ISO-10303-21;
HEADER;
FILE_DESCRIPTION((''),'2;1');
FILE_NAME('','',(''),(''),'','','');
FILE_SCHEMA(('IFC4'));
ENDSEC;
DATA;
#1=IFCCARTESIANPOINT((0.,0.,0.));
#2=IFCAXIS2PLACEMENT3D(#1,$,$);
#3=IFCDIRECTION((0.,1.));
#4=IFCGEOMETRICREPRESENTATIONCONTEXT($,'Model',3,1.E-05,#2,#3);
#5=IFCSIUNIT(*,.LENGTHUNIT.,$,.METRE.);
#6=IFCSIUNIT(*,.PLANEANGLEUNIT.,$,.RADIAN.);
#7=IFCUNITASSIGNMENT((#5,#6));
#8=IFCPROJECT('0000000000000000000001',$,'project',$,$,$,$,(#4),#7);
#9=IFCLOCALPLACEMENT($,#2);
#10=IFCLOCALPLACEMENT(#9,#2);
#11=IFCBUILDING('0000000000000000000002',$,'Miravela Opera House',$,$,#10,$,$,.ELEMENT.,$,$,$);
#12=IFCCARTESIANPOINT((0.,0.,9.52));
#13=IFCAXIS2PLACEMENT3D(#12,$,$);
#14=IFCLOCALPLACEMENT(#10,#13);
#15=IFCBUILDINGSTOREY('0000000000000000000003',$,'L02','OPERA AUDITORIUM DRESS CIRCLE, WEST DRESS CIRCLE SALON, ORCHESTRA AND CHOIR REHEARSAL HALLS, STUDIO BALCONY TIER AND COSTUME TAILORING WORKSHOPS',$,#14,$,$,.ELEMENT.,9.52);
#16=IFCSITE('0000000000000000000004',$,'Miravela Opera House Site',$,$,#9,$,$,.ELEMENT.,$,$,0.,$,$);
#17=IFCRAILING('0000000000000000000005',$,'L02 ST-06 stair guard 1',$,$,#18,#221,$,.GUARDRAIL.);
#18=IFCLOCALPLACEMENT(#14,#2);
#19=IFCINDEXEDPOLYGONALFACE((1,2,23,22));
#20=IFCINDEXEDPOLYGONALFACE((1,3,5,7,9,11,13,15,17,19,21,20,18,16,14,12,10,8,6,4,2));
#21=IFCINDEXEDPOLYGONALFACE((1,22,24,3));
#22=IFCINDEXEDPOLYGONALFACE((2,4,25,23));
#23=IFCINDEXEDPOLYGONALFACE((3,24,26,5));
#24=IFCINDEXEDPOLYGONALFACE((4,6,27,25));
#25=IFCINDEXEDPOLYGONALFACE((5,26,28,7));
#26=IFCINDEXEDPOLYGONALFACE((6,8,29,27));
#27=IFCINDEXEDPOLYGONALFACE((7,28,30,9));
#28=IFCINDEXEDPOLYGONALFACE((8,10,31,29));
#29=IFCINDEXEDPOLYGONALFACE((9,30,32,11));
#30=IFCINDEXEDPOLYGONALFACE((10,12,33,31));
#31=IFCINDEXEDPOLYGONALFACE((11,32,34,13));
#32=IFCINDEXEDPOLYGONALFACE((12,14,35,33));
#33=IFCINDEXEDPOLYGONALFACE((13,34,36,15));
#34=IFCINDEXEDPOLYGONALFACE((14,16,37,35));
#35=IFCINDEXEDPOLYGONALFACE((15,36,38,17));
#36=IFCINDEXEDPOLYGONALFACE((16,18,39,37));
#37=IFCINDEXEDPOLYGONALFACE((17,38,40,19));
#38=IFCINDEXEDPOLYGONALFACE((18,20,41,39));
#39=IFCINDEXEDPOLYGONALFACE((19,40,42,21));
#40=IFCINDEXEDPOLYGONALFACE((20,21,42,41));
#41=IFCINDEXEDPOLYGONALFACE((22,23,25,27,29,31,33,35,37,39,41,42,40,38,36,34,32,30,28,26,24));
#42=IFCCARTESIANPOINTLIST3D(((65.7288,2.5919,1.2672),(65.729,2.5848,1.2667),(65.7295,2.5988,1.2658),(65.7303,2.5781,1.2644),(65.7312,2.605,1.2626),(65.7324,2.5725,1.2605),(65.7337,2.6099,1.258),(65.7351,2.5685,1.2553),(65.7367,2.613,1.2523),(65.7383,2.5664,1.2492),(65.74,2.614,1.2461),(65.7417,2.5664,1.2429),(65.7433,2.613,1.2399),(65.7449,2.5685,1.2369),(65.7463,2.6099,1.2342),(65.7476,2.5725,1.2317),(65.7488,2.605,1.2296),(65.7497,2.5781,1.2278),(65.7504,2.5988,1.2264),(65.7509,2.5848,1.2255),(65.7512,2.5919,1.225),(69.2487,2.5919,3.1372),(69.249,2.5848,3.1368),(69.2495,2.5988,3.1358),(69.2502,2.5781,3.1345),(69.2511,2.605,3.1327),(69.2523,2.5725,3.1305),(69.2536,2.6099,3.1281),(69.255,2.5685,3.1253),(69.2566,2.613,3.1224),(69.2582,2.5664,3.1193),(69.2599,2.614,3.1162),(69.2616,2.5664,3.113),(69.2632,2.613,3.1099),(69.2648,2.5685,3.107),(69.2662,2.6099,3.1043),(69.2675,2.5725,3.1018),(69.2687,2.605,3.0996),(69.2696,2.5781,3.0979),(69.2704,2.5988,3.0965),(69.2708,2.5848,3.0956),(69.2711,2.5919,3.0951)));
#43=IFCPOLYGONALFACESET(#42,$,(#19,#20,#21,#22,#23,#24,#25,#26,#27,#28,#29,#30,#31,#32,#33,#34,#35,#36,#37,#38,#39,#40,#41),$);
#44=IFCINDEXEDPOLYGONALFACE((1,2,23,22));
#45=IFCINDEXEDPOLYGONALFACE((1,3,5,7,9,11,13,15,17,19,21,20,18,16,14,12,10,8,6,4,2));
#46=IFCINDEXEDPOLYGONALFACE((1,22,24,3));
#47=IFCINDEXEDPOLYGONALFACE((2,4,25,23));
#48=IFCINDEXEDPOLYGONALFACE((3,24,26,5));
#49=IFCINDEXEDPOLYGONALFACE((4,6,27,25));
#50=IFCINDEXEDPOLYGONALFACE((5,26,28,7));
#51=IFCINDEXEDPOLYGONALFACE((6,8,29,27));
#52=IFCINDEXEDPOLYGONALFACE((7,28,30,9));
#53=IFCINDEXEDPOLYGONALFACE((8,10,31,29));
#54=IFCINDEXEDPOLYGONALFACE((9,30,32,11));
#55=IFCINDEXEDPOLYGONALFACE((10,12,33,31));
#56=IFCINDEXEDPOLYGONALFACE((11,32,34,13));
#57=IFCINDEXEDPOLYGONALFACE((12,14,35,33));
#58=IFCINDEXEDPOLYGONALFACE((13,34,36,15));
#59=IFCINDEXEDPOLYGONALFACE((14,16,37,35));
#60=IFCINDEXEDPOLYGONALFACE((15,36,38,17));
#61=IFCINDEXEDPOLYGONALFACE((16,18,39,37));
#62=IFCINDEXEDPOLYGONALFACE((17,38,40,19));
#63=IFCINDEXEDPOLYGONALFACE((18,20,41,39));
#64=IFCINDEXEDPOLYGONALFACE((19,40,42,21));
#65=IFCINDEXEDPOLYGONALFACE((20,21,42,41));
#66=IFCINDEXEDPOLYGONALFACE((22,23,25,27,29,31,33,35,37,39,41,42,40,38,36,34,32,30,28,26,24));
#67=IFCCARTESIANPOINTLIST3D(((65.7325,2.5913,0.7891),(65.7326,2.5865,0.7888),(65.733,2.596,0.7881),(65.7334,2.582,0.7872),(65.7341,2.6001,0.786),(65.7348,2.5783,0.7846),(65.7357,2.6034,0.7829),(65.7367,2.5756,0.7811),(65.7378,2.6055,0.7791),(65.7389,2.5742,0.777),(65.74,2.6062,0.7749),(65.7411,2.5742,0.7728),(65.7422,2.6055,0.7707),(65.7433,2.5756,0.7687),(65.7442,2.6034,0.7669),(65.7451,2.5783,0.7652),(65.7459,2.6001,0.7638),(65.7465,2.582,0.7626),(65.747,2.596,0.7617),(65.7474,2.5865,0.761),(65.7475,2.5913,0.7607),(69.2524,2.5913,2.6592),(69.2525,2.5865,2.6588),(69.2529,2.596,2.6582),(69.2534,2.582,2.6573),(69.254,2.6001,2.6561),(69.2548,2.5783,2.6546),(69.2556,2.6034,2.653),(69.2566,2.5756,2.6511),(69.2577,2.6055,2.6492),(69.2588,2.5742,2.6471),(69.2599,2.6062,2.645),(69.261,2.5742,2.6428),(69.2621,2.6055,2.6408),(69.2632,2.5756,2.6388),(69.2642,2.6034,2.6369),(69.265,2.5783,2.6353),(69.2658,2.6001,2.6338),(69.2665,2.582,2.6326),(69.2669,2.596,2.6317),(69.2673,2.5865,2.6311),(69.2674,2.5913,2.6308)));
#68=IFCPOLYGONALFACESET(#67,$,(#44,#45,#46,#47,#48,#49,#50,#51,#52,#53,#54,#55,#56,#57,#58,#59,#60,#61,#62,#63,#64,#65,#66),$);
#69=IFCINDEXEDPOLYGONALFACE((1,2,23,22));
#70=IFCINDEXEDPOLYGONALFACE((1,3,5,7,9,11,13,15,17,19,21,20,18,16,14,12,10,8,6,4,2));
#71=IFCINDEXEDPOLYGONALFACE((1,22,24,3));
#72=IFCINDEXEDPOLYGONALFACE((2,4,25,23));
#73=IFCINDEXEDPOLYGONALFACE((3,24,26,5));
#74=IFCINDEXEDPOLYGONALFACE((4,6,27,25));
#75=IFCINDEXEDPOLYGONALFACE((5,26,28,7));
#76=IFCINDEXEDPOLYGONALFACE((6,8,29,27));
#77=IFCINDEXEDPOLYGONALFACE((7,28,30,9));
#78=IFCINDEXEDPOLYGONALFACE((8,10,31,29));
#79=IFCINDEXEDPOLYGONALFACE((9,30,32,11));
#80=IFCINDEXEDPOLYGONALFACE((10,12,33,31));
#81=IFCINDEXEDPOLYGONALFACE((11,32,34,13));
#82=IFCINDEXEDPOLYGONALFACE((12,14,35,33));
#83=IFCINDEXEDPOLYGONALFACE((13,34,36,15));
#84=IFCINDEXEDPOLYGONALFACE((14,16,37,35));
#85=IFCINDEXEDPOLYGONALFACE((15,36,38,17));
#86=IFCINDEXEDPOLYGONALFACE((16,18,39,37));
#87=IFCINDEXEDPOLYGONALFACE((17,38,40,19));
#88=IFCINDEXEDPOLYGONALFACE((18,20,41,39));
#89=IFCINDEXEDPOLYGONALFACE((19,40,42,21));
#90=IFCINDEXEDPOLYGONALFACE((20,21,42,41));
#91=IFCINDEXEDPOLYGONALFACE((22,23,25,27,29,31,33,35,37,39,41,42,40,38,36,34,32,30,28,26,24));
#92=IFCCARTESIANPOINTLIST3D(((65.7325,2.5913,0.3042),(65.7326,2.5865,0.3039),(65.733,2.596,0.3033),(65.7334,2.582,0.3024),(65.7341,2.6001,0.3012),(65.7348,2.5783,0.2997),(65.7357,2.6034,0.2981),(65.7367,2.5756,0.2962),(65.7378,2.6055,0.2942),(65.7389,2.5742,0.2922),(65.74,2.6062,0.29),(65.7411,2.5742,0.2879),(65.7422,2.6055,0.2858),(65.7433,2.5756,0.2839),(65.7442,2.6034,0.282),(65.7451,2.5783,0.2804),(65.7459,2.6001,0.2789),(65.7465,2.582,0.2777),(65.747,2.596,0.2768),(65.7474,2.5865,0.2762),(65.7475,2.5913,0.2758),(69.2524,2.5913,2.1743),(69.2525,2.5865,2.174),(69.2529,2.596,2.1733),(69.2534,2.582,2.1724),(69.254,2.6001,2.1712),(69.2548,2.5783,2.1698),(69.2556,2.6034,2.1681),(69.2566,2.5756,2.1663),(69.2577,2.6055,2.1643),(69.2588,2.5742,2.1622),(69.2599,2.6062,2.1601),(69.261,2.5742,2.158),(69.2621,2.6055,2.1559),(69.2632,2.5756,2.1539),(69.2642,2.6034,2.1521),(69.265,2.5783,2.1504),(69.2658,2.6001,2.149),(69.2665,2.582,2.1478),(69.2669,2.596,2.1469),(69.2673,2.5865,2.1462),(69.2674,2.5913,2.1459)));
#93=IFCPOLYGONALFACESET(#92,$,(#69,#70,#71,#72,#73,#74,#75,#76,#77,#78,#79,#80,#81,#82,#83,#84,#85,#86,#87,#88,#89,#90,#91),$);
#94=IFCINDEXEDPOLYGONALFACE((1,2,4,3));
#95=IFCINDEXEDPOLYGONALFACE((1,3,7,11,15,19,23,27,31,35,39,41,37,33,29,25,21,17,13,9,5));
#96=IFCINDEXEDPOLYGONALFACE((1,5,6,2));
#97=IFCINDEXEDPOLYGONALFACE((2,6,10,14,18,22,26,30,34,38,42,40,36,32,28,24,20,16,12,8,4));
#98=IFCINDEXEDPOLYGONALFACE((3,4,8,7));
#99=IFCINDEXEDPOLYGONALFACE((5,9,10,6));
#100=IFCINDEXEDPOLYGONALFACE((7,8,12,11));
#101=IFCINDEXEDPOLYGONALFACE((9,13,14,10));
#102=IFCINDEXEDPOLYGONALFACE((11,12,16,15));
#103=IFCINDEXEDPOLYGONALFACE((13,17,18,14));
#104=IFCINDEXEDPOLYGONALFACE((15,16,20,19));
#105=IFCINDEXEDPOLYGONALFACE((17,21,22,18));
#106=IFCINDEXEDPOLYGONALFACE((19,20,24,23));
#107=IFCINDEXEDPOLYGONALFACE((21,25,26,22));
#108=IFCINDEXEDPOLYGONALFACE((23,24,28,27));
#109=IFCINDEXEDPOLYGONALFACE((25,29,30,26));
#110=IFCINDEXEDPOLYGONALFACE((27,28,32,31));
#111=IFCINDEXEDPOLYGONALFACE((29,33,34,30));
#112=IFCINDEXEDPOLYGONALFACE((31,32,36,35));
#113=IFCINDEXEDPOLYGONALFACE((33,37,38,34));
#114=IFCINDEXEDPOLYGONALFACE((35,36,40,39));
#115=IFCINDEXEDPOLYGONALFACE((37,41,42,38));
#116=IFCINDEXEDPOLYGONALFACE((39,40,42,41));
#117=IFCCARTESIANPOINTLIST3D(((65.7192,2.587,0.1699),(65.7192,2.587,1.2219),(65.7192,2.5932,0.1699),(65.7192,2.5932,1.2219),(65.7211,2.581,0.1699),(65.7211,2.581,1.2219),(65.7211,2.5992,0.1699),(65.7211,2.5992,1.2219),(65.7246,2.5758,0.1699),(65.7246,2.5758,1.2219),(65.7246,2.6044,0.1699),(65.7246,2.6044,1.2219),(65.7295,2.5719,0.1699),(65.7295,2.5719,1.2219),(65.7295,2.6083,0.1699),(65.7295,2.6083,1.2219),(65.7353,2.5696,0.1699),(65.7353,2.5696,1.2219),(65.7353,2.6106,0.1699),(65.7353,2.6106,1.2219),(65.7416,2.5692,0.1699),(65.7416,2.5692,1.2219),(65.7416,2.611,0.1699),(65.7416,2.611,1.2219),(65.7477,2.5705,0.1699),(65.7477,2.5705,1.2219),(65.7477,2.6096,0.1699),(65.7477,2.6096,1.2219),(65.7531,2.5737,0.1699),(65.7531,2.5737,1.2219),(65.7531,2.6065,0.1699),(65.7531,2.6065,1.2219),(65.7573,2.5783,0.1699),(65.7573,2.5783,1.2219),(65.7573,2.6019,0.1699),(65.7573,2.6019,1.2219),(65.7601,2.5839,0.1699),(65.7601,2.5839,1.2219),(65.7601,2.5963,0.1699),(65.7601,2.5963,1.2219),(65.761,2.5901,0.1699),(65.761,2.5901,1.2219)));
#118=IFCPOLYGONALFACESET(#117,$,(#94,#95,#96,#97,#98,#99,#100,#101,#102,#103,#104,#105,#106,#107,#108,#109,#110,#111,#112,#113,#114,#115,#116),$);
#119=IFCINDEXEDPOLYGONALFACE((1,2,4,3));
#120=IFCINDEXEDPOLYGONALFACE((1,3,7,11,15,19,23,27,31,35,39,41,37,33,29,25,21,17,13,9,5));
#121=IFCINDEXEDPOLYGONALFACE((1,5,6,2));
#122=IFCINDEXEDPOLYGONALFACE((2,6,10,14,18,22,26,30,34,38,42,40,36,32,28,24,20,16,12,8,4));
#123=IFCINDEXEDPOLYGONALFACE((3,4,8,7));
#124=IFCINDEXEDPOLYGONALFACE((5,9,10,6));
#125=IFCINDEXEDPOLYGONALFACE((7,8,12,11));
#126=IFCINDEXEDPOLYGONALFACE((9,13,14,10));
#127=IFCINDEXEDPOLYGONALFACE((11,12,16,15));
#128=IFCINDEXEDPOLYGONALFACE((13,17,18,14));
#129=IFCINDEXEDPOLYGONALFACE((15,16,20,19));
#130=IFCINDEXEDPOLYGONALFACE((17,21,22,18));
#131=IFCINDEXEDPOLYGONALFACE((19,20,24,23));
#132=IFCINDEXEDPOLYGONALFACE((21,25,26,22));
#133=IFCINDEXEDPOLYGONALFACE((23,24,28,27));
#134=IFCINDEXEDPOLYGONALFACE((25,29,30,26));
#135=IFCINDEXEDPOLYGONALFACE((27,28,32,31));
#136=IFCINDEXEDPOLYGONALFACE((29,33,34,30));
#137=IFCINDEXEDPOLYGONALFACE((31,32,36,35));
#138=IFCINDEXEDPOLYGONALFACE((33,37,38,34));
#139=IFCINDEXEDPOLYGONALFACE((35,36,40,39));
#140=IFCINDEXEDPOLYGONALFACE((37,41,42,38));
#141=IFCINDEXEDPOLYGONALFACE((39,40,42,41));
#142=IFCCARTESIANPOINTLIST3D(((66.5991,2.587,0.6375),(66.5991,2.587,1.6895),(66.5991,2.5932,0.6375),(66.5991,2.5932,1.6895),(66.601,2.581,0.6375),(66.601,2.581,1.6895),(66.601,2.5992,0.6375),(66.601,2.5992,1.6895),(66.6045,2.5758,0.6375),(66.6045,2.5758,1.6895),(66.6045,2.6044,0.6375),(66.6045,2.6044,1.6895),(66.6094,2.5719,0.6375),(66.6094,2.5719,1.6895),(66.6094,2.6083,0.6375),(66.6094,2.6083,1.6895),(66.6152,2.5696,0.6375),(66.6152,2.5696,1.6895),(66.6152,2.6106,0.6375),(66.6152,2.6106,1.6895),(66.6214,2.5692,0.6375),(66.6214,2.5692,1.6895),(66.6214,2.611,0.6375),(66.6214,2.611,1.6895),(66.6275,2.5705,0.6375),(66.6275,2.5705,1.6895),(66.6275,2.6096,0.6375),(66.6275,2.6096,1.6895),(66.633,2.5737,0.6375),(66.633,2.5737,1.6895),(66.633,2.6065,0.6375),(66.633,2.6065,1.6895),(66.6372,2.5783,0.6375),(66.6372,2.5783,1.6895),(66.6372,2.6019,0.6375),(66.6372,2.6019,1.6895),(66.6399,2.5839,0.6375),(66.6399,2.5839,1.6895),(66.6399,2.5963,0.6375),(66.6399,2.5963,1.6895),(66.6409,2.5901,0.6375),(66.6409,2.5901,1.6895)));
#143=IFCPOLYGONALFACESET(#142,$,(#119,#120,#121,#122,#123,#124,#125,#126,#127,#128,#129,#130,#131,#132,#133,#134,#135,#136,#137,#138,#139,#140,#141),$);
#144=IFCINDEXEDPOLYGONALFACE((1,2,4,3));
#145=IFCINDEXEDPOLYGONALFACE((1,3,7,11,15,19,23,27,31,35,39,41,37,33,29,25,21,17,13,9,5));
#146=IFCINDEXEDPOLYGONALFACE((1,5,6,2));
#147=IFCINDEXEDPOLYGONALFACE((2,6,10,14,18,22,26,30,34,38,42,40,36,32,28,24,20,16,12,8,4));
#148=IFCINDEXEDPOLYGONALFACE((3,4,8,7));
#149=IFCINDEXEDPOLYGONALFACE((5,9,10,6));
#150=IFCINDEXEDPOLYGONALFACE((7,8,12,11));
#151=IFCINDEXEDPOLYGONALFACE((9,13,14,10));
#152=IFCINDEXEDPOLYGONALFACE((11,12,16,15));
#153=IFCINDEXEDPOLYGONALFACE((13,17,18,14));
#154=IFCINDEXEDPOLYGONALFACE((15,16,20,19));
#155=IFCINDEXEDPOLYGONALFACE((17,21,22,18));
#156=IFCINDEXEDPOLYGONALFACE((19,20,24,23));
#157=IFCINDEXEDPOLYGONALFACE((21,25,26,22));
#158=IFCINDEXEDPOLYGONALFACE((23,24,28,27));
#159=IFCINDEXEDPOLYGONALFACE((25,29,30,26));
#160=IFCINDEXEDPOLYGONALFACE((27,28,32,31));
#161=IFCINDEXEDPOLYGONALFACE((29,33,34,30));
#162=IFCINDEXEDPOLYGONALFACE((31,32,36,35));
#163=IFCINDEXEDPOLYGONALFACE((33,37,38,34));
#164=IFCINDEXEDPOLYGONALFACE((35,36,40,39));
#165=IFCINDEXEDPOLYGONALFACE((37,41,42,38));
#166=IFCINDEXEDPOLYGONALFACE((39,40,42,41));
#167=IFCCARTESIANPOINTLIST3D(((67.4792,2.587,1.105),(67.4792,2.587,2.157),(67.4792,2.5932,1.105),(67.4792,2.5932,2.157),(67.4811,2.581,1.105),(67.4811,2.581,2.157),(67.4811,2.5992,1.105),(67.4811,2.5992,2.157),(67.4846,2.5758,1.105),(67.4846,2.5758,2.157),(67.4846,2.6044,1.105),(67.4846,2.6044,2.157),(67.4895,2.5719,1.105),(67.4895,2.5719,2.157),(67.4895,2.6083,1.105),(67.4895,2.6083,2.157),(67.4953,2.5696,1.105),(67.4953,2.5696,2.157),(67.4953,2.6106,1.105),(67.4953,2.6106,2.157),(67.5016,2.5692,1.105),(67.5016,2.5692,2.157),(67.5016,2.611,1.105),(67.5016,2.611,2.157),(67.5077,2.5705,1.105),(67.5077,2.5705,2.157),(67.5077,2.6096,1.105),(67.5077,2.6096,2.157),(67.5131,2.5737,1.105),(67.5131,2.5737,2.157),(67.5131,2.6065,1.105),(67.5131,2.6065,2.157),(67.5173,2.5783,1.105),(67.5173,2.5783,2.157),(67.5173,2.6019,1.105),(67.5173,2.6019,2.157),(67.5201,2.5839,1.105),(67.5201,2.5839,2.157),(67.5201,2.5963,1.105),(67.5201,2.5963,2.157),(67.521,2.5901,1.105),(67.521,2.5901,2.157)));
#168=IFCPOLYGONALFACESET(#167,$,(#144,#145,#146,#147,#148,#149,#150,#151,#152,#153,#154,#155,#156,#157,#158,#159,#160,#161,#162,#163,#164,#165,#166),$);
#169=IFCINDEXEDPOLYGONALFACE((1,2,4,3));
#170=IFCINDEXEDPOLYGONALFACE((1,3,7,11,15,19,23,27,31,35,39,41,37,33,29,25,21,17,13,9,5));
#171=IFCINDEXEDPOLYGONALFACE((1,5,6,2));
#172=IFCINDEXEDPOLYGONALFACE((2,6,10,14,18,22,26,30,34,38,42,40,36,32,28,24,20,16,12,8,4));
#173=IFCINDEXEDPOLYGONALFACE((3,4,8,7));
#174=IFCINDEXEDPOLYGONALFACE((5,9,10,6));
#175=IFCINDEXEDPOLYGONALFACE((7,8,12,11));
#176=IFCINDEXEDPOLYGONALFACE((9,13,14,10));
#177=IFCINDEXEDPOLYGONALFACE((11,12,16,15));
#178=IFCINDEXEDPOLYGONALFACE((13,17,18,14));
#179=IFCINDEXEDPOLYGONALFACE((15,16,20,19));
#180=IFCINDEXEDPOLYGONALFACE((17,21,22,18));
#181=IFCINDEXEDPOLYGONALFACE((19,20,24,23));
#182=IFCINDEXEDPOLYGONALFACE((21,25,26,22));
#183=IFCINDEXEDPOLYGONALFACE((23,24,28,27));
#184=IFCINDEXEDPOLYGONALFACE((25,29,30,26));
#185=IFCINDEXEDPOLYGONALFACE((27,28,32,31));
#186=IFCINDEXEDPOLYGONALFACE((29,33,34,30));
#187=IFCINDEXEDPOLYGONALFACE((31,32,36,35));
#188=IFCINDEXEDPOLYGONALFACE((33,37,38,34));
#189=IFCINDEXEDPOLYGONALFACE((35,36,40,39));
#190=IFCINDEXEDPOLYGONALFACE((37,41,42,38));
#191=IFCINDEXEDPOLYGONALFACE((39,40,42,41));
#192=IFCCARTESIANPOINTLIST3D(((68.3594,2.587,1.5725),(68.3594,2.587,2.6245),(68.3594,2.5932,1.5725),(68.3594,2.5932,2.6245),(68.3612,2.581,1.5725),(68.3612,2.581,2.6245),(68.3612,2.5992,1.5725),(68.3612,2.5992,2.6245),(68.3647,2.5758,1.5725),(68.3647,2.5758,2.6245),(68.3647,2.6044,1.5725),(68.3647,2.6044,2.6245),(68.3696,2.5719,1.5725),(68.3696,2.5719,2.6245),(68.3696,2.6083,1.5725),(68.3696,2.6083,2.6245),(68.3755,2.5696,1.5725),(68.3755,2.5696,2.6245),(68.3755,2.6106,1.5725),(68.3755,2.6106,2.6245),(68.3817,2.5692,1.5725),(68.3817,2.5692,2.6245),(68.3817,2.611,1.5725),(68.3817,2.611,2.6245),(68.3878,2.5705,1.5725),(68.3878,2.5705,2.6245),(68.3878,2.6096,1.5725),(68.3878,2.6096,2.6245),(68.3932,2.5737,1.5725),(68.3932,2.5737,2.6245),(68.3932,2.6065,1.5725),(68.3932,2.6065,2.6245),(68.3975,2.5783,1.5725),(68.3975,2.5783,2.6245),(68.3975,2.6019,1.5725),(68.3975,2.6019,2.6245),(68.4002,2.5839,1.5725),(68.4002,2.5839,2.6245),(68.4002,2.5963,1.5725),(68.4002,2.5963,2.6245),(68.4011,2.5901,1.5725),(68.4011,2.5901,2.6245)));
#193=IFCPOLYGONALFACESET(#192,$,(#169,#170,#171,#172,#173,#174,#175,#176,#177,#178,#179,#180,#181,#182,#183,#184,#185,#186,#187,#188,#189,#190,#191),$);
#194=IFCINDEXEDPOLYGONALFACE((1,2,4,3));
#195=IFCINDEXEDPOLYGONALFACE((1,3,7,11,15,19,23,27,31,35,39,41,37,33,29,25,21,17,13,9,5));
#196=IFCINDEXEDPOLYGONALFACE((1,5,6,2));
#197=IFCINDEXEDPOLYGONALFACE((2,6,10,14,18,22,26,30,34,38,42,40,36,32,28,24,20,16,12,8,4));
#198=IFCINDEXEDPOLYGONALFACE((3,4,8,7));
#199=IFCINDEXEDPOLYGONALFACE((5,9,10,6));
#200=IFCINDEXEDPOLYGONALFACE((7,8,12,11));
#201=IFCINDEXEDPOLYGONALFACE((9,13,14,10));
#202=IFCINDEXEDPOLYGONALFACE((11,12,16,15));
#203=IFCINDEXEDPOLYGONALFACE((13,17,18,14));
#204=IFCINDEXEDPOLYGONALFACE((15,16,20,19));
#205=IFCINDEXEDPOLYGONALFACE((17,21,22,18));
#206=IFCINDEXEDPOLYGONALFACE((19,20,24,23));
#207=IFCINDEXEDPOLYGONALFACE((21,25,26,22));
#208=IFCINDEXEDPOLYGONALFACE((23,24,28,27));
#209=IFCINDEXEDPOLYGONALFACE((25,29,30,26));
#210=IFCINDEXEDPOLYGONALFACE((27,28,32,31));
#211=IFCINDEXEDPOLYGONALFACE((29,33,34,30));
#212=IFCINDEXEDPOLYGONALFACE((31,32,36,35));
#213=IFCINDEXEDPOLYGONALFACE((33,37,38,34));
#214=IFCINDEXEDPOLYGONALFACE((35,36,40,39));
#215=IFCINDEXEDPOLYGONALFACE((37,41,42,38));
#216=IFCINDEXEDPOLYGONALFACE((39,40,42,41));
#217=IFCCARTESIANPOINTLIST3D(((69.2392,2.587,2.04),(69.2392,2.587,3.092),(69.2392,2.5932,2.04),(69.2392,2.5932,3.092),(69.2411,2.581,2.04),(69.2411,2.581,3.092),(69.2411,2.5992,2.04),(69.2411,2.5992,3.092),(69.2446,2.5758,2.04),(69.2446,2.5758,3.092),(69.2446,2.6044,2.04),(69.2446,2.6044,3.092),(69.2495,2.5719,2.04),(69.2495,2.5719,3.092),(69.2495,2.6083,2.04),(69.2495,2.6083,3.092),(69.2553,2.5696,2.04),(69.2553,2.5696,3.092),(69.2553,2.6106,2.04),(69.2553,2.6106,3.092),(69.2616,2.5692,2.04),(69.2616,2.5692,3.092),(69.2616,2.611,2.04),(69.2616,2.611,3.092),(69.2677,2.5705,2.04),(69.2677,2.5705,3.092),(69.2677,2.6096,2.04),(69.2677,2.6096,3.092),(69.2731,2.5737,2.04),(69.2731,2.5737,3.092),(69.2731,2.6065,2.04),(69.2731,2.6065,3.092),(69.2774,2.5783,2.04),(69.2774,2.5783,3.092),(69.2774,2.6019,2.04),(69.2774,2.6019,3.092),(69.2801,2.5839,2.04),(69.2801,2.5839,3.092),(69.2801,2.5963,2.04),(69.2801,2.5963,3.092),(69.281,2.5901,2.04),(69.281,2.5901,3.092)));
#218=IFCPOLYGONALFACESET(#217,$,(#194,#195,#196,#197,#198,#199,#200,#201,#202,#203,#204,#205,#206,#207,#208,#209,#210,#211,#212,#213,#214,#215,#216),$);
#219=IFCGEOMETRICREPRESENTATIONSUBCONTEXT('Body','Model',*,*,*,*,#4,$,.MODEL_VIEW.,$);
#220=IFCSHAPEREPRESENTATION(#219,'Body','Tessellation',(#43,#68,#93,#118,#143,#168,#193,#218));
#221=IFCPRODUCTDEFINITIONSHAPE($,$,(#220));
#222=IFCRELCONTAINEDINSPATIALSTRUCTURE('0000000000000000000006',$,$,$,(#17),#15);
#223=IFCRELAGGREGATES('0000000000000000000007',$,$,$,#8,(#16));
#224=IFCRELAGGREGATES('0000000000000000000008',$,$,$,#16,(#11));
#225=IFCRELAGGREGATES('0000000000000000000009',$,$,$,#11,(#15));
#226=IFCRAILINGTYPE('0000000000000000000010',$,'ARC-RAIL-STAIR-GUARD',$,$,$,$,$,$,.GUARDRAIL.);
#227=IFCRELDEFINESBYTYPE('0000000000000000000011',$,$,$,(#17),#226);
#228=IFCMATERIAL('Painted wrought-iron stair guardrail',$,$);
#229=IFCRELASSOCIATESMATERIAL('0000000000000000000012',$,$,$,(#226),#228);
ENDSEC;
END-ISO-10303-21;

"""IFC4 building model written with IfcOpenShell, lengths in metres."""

from ifc_helpers import new_model, si_unit, direction, frame, origin, origin_2d, place, context, subcontext, project, spatial, circle, extrude, material, type_object, element, save


model = new_model("IFC4")

# Units and contexts
model_context = context("Model", 3, precision=1e-05, world=origin(), true_north=direction((0.0, 1.0)))
body_context = subcontext(model_context, "Body", "Model", "MODEL_VIEW")
ifc_project = project(units=[si_unit("LENGTHUNIT", "METRE"), si_unit("PLANEANGLEUNIT", "RADIAN")], contexts=[model_context])

# Site, building, storey
site_placement = place(None, origin())
site = spatial("IfcSite", under=ifc_project, at=site_placement, Name="Miravela Opera House Site", CompositionType="ELEMENT", RefElevation=0.0)
building_placement = place(site_placement, origin())
building = spatial("IfcBuilding", under=site, at=building_placement, Name="Miravela Opera House", CompositionType="ELEMENT")
storey_placement = place(building_placement, frame((0.0, 0.0, 9.52)))
storey = spatial("IfcBuildingStorey", under=building, at=storey_placement, Name="L02", Description="OPERA AUDITORIUM DRESS CIRCLE, WEST DRESS CIRCLE SALON, ORCHESTRA AND CHOIR REHEARSAL HALLS, STUDIO BALCONY TIER AND COSTUME TAILORING WORKSHOPS", CompositionType="ELEMENT", Elevation=9.52)

# Railing
ifc_material_1 = material(Name="Painted wrought-iron stair guardrail")
railing_type_1 = type_object("IfcRailingType", Name="ARC-RAIL-STAIR-GUARD", PredefinedType="GUARDRAIL", material=ifc_material_1)
railing_1_placement = place(storey_placement, frame((65.74, 2.5901, 0.1699)))
element("IfcRailing", 1, at=railing_1_placement, inside=storey, type_object=railing_type_1, Name="L02 ST-06 stair guard 1", PredefinedType="GUARDRAIL", context=body_context, shape_type="SweptSolid", body=[
    extrude(circle(Radius=0.0239, at=origin_2d()), frame((0.0, 0.0, 1.0762), z_axis=(0.883105, 0.0, 0.469176), x_axis=(0.0, 1.0, 0.0)), (0.0, 0.0, 1.0), 3.9858),
    extrude(circle(Radius=0.0161, at=origin_2d()), frame((0.0, 0.0, 0.605), z_axis=(0.883105, 0.0, 0.469176), x_axis=(0.0, 1.0, 0.0)), (0.0, 0.0, 1.0), 3.9858),
    extrude(circle(Radius=0.0161, at=origin_2d()), frame((0.0, 0.0, 0.1201), z_axis=(0.883105, 0.0, 0.469176), x_axis=(0.0, 1.0, 0.0)), (0.0, 0.0, 1.0), 3.9858),
    extrude(circle(Radius=0.021, at=origin_2d()), origin(), (0.0, 0.0, 1.0), 1.052),
    extrude(circle(Radius=0.021, at=origin_2d()), frame((0.8799, 0.0, 0.4675)), (0.0, 0.0, 1.0), 1.052),
    extrude(circle(Radius=0.021, at=origin_2d()), frame((1.76, 0.0, 0.9351)), (0.0, 0.0, 1.0), 1.052),
    extrude(circle(Radius=0.021, at=origin_2d()), frame((2.6401, 0.0, 1.4026)), (0.0, 0.0, 1.0), 1.052),
    extrude(circle(Radius=0.021, at=origin_2d()), frame((3.52, 0.0, 1.8701)), (0.0, 0.0, 1.0), 1.052),
])

save(model, "model.ifc")
